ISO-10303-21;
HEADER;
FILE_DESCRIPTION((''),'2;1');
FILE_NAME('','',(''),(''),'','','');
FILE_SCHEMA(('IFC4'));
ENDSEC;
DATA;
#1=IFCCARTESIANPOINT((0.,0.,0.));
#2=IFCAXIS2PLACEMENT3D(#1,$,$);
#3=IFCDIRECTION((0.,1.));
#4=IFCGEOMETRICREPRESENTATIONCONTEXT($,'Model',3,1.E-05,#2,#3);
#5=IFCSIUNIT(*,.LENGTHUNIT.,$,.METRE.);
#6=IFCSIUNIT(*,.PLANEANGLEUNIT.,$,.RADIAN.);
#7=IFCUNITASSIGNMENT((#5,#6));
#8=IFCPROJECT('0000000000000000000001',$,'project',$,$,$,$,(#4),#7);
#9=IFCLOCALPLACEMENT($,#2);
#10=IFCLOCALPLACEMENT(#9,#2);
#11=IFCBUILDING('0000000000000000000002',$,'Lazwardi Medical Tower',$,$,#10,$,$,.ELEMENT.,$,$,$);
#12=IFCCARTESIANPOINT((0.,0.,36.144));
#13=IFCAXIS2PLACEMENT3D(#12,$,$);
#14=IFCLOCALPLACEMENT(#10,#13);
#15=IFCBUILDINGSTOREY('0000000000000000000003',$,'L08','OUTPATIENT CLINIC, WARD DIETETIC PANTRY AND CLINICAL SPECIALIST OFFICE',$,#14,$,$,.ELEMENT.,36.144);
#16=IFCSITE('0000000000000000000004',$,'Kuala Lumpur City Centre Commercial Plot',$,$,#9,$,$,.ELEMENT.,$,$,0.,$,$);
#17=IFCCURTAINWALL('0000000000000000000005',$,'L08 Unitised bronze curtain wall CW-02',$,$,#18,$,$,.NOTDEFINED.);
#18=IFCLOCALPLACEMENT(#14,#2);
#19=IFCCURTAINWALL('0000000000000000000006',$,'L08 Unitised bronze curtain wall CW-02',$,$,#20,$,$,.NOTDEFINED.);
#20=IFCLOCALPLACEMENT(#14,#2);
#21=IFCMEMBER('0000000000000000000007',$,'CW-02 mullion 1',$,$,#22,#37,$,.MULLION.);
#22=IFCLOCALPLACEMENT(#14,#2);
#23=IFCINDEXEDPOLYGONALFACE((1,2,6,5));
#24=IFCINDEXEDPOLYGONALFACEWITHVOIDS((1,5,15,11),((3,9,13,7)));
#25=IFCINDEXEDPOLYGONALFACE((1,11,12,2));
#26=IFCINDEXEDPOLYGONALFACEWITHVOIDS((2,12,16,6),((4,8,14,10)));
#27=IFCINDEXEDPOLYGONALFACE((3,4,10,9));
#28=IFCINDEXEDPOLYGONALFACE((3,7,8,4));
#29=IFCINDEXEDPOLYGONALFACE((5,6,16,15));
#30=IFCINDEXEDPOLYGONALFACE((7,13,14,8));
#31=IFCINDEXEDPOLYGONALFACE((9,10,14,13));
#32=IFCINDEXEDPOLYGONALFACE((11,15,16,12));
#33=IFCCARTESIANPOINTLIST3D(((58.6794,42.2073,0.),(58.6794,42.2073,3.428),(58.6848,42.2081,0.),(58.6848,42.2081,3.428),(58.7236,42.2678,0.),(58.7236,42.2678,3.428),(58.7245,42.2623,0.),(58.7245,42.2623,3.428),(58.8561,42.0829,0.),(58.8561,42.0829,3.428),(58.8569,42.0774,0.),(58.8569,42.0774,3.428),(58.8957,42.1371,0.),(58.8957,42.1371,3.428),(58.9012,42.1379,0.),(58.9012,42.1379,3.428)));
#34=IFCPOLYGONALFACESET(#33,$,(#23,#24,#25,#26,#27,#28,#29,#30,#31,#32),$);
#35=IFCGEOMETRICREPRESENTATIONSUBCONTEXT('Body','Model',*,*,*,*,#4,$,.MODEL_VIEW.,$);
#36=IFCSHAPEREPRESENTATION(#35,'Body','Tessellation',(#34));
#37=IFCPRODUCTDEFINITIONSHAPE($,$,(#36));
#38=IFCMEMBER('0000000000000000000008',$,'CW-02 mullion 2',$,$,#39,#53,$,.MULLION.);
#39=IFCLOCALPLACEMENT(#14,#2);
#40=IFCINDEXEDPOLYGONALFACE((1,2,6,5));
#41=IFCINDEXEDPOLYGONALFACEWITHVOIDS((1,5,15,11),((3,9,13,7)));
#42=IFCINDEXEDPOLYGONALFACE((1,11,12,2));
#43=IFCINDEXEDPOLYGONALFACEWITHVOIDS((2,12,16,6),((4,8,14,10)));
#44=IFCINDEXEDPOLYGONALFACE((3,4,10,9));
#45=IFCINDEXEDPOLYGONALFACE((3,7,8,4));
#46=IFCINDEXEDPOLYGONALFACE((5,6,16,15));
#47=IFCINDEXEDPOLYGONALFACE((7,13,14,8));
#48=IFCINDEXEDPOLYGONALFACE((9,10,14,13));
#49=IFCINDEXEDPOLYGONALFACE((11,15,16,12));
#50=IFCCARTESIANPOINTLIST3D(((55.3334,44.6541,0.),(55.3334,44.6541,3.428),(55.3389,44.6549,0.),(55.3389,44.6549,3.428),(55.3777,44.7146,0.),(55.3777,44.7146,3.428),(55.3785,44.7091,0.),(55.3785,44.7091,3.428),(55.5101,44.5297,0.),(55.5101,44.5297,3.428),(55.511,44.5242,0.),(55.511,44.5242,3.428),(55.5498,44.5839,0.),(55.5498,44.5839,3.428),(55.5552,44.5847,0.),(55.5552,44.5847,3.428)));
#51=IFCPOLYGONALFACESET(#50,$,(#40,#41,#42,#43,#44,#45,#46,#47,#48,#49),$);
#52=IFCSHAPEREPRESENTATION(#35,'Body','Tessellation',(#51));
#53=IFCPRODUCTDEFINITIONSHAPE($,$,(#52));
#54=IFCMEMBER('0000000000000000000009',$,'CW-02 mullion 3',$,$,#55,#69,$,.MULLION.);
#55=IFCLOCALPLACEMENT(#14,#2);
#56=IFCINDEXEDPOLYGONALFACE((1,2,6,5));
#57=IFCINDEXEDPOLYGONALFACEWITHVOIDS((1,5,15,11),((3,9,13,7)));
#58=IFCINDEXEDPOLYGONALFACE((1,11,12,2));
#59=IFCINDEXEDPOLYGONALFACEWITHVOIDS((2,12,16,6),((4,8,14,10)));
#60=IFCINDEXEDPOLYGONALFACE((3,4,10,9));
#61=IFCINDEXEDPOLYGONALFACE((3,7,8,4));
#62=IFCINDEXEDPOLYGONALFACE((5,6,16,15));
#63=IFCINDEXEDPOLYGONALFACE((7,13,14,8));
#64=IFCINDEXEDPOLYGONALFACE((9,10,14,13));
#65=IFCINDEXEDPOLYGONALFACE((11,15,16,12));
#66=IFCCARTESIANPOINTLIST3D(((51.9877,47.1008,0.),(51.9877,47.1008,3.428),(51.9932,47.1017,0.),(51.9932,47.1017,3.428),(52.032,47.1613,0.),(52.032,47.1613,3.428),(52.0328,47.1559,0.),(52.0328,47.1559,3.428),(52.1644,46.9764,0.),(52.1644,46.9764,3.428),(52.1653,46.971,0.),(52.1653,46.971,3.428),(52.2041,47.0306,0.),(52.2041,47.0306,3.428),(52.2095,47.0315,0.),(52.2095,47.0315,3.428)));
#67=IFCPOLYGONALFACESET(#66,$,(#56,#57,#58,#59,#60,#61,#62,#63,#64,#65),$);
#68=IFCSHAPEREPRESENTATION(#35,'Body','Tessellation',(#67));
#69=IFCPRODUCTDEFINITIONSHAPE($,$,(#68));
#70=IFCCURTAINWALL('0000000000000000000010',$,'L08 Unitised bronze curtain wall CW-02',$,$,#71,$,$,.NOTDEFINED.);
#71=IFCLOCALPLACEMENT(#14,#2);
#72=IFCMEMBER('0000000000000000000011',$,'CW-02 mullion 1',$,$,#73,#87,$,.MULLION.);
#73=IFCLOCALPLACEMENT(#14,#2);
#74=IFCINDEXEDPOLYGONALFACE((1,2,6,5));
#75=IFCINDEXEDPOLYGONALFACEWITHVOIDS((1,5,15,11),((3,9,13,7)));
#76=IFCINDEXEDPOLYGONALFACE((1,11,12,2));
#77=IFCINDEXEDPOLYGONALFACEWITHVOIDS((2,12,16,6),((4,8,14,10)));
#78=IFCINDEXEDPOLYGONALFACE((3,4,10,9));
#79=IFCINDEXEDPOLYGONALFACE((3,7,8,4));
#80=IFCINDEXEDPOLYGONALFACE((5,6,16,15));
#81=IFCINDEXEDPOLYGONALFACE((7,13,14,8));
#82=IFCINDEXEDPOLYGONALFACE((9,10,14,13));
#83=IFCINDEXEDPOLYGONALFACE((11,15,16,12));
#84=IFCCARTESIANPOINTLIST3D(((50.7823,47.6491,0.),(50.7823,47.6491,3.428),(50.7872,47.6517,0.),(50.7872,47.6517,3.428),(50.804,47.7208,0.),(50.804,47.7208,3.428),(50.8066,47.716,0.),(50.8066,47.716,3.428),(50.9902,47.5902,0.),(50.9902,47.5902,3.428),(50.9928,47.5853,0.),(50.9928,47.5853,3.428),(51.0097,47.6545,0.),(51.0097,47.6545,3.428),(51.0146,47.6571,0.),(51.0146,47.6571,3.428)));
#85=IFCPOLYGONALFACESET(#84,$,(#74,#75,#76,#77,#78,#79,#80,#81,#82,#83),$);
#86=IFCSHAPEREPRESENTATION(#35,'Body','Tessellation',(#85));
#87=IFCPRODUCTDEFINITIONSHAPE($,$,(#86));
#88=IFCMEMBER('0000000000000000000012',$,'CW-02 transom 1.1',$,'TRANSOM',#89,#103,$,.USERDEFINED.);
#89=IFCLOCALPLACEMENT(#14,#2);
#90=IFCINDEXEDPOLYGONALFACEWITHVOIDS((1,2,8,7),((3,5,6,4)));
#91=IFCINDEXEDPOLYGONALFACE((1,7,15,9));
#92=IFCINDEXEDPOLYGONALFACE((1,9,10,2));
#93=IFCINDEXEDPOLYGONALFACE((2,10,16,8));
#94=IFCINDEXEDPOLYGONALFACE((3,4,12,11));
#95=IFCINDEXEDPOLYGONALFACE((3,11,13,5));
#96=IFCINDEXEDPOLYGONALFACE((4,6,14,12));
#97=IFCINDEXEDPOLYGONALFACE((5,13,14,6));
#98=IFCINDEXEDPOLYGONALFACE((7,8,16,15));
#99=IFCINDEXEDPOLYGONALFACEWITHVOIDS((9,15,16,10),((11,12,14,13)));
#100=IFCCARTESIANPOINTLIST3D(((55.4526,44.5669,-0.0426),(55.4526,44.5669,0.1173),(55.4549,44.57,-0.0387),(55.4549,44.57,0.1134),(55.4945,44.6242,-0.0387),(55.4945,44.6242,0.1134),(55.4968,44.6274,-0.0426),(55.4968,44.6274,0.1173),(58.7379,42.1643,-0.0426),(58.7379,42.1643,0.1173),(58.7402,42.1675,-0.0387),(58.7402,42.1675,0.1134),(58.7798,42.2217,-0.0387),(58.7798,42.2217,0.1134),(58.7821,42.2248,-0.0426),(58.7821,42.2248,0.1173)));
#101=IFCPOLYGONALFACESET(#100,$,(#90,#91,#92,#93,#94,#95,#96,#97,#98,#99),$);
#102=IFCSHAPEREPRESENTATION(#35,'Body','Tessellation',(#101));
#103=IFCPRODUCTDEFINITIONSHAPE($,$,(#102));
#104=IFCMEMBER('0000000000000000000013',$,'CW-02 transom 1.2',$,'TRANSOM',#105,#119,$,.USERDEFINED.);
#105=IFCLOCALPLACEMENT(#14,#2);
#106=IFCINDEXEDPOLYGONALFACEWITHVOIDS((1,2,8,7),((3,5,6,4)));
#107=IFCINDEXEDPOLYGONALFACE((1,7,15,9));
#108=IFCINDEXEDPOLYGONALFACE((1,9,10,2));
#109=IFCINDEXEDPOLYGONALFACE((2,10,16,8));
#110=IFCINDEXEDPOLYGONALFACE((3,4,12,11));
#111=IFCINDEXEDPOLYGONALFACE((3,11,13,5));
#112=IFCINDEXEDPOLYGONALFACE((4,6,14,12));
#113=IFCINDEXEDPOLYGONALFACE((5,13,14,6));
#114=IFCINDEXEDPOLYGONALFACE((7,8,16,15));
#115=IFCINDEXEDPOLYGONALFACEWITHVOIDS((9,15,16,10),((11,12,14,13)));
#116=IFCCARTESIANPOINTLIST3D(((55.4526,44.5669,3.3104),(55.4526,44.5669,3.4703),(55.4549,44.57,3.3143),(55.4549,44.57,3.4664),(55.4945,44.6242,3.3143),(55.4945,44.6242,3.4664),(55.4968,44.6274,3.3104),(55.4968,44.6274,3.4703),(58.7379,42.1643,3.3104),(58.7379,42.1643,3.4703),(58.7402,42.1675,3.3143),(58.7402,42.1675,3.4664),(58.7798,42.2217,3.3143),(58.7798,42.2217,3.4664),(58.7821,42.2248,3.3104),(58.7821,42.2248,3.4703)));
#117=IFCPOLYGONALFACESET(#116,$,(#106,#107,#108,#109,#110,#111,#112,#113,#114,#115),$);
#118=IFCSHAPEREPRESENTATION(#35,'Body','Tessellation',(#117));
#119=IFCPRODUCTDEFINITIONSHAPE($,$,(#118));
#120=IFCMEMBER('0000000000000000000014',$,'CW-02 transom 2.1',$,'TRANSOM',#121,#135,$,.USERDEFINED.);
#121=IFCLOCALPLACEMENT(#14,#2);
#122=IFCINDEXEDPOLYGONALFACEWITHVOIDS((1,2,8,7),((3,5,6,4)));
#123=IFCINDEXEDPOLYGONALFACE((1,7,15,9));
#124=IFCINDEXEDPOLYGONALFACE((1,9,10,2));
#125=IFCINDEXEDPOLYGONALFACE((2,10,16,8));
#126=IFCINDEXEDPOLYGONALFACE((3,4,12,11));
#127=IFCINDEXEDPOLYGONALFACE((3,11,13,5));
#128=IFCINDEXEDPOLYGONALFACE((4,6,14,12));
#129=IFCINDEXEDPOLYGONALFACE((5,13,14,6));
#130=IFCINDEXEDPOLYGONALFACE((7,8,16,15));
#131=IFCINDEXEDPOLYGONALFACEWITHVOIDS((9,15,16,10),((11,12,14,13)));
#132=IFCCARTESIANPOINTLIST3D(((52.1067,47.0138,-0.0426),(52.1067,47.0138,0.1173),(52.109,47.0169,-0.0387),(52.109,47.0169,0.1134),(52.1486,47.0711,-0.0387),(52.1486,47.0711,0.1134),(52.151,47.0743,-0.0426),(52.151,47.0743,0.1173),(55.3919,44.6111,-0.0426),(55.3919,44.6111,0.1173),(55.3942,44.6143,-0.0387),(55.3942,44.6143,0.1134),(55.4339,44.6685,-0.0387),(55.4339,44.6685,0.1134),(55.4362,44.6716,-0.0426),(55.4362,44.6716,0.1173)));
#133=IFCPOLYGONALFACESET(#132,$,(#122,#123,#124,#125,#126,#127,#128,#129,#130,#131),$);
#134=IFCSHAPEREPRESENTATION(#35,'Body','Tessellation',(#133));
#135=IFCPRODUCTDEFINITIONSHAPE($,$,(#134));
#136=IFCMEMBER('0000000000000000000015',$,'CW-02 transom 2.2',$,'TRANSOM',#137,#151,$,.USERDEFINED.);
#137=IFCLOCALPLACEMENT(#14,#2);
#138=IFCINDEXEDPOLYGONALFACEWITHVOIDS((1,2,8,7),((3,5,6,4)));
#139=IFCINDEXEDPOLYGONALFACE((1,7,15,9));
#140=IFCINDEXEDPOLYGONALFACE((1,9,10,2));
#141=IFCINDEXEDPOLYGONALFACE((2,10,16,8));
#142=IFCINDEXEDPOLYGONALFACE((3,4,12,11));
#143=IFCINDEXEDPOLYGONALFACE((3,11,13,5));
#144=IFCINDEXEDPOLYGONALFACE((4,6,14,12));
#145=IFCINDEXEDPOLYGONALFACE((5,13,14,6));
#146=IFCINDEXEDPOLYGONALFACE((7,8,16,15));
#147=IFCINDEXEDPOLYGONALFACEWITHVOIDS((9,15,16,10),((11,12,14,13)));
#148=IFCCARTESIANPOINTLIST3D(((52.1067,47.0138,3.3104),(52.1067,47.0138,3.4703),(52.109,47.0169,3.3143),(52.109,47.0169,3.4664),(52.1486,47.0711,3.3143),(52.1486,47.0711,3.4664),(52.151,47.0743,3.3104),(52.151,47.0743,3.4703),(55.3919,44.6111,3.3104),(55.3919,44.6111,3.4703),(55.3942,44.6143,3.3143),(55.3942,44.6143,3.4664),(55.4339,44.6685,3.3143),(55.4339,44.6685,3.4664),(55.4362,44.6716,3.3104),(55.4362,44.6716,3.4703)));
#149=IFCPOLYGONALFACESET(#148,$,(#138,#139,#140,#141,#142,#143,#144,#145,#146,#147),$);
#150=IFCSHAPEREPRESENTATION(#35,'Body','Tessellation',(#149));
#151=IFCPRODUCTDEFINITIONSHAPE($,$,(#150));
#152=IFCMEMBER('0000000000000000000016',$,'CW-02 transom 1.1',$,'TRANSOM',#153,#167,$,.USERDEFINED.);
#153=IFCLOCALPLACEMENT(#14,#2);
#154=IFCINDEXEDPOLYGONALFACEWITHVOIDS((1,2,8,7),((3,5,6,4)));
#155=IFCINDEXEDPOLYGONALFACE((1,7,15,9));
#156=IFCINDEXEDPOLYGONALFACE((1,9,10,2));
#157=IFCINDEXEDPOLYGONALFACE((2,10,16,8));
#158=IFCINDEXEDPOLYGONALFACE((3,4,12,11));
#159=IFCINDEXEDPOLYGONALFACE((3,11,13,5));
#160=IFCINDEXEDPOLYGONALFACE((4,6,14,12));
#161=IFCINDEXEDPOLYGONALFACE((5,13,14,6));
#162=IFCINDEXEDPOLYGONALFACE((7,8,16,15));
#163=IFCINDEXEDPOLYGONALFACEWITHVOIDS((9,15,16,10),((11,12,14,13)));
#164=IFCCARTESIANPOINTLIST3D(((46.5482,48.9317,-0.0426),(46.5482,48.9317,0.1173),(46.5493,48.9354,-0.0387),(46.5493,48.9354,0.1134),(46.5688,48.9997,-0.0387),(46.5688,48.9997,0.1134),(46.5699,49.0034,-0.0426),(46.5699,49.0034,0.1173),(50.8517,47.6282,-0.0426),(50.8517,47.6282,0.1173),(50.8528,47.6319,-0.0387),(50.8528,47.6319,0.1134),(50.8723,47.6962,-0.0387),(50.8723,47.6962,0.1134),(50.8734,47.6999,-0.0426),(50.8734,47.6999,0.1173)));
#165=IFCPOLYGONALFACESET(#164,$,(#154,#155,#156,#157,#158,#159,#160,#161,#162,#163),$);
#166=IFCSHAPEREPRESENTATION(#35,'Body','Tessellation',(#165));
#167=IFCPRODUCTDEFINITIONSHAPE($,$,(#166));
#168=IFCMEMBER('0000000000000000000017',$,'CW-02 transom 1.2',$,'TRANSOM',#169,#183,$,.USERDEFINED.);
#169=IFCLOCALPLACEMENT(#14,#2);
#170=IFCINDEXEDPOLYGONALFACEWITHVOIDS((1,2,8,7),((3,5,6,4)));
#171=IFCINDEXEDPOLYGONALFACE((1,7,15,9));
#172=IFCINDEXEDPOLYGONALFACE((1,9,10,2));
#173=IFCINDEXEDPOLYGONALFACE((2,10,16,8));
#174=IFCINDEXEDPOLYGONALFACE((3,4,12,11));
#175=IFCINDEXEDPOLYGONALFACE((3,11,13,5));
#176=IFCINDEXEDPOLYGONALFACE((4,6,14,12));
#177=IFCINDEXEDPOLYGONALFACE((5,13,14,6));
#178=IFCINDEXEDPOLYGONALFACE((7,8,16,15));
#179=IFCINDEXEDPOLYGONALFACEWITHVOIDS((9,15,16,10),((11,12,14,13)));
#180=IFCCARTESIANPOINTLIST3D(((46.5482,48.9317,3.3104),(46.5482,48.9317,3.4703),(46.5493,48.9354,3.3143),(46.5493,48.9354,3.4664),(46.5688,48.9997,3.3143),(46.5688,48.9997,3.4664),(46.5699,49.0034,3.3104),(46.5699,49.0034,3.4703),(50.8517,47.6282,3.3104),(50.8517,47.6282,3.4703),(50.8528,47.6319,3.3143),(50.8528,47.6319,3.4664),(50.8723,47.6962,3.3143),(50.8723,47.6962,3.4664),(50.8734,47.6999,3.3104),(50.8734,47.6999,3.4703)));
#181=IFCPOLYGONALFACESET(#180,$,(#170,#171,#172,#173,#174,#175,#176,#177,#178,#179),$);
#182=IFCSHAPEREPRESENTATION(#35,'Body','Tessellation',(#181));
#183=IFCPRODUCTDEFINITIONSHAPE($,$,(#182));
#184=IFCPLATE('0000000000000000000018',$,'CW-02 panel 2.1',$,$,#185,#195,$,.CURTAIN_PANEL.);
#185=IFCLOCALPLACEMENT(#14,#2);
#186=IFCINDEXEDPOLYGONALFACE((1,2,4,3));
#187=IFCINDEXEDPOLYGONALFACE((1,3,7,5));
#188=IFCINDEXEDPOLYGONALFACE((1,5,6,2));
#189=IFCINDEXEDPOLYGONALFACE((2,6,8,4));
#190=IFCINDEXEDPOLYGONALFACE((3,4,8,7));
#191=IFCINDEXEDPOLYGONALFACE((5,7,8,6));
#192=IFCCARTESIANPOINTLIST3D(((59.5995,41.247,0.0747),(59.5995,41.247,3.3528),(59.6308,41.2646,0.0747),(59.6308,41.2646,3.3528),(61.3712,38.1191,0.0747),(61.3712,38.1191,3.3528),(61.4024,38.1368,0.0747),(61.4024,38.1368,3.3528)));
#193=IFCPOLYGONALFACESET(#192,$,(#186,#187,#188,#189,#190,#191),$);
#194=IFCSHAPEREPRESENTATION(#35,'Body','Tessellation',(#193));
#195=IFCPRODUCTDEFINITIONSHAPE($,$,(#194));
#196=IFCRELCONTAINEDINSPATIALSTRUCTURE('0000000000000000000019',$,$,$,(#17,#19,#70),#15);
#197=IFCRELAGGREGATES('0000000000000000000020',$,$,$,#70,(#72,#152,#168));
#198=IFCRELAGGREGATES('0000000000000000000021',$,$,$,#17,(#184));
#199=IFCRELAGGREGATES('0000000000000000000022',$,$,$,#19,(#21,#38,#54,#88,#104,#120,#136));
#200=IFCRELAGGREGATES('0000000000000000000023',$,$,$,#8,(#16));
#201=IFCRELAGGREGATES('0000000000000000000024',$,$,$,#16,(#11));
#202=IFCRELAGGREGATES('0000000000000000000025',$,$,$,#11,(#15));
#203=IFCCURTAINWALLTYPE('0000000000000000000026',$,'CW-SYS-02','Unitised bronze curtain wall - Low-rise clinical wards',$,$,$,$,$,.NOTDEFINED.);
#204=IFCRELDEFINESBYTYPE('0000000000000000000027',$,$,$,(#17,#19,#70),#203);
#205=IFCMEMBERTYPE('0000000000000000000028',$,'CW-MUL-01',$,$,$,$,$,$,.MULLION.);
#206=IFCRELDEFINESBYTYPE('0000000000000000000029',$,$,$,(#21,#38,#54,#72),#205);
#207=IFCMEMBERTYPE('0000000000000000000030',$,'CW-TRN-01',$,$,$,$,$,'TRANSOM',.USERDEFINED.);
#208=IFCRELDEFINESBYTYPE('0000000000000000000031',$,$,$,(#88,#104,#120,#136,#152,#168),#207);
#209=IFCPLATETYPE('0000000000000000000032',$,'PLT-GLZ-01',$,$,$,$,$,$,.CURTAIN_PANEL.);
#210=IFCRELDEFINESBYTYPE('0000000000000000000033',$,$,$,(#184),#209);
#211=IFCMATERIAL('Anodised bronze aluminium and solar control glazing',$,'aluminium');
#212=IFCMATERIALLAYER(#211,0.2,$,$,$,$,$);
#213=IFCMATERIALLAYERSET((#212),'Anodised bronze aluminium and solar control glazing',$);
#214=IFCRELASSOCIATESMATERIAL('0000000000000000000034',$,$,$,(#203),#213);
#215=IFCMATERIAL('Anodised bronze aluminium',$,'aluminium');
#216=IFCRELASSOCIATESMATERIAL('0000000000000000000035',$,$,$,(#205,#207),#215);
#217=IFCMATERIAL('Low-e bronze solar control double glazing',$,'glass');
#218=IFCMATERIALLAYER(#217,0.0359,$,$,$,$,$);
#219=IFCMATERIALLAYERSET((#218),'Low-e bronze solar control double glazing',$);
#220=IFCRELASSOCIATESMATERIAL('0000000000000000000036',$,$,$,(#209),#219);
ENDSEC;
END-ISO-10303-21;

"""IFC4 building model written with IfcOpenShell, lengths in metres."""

from ifc_helpers import new_model, si_unit, direction, frame, origin, origin_2d, place, context, subcontext, project, spatial, rectangle, hollow_rectangle, extrude, material, layer, layer_set, material_profile, profile_set, type_object, element, aggregate, save


model = new_model("IFC4")

# Units and contexts
model_context = context("Model", 3, precision=1e-05, world=origin(), true_north=direction((0.0, 1.0)))
body_context = subcontext(model_context, "Body", "Model", "MODEL_VIEW")
ifc_project = project(units=[si_unit("LENGTHUNIT", "METRE"), si_unit("PLANEANGLEUNIT", "RADIAN")], contexts=[model_context])

# Site, building, storey
site_placement = place(None, origin())
site = spatial("IfcSite", under=ifc_project, at=site_placement, Name="Kuala Lumpur City Centre Commercial Plot", CompositionType="ELEMENT", RefElevation=0.0)
building_placement = place(site_placement, origin())
building = spatial("IfcBuilding", under=site, at=building_placement, Name="Lazwardi Medical Tower", CompositionType="ELEMENT")
storey_placement = place(building_placement, frame((0.0, 0.0, 36.144)))
storey = spatial("IfcBuildingStorey", under=building, at=storey_placement, Name="L08", Description="OUTPATIENT CLINIC, WARD DIETETIC PANTRY AND CLINICAL SPECIALIST OFFICE", CompositionType="ELEMENT", Elevation=36.144)

# Curtain wall
ifc_material_1 = material(Name="Anodised bronze aluminium and solar control glazing", Category="aluminium")
ifc_layer_1 = layer(ifc_material_1, 0.2)
ifc_layer_set_1 = layer_set([ifc_layer_1], Name="Anodised bronze aluminium and solar control glazing")
curtain_wall_type = type_object("IfcCurtainWallType", Name="CW-SYS-02", Description="Unitised bronze curtain wall - Low-rise clinical wards", PredefinedType="NOTDEFINED", material=ifc_layer_set_1)
curtain_wall_1_placement = place(storey_placement, origin())
curtain_wall_1 = element("IfcCurtainWall", 1, at=curtain_wall_1_placement, inside=storey, type_object=curtain_wall_type, Name="L08 Unitised bronze curtain wall CW-02", PredefinedType="NOTDEFINED")
ifc_material_2 = material(Name="Anodised bronze aluminium", Category="aluminium")
ifc_material_profile_1 = material_profile(ifc_material_2, hollow_rectangle(XDim=0.075, YDim=0.22, WallThickness=0.0039, at=origin_2d()), Name="ALU-MULLION 220x75x4")
ifc_profile_set_1 = profile_set([ifc_material_profile_1], Name="Anodised bronze aluminium")
member_type_1 = type_object("IfcMemberType", Name="CW-MUL-01", PredefinedType="MULLION", material=ifc_profile_set_1)

# Curtain wall, members
curtain_wall_2_placement = place(storey_placement, origin())
curtain_wall_2 = element("IfcCurtainWall", 2, at=curtain_wall_2_placement, inside=storey, type_object=curtain_wall_type, Name="L08 Unitised bronze curtain wall CW-02", PredefinedType="NOTDEFINED")
member_1_placement = place(storey_placement, frame((58.7903, 42.1726, 0.0), z_axis=(0.0, 0.0, 1.0), x_axis=(-0.590289, -0.807192, 0.0)))
member_1 = element("IfcMember", 3, at=member_1_placement, type_object=member_type_1, Name="CW-02 mullion 1", PredefinedType="MULLION", context=body_context, shape_type="SweptSolid", body=[
    extrude(hollow_rectangle(XDim=0.075, YDim=0.22, WallThickness=0.0039, at=origin_2d()), origin(), (0.0, 0.0, 1.0), 3.428),
])
member_2_placement = place(storey_placement, frame((55.4443, 44.6194, 0.0), z_axis=(0.0, 0.0, 1.0), x_axis=(-0.590289, -0.807192, 0.0)))
member_2 = element("IfcMember", 4, at=member_2_placement, type_object=member_type_1, Name="CW-02 mullion 2", PredefinedType="MULLION", context=body_context, shape_type="SweptSolid", body=[
    extrude(hollow_rectangle(XDim=0.075, YDim=0.22, WallThickness=0.0039, at=origin_2d()), origin(), (0.0, 0.0, 1.0), 3.428),
])
member_3_placement = place(storey_placement, frame((52.0986, 47.0662, 0.0), z_axis=(0.0, 0.0, 1.0), x_axis=(-0.590289, -0.807192, 0.0)))
member_3 = element("IfcMember", 5, at=member_3_placement, type_object=member_type_1, Name="CW-02 mullion 3", PredefinedType="MULLION", context=body_context, shape_type="SweptSolid", body=[
    extrude(hollow_rectangle(XDim=0.075, YDim=0.22, WallThickness=0.0039, at=origin_2d()), origin(), (0.0, 0.0, 1.0), 3.428),
])

# Curtain wall, member
curtain_wall_3_placement = place(storey_placement, origin())
curtain_wall_3 = element("IfcCurtainWall", 6, at=curtain_wall_3_placement, inside=storey, type_object=curtain_wall_type, Name="L08 Unitised bronze curtain wall CW-02", PredefinedType="NOTDEFINED")
member_4_placement = place(storey_placement, frame((50.8984, 47.6531, 0.0), z_axis=(0.0, 0.0, 1.0), x_axis=(-0.289896, -0.957058, 0.0)))
member_4 = element("IfcMember", 7, at=member_4_placement, type_object=member_type_1, Name="CW-02 mullion 1", PredefinedType="MULLION", context=body_context, shape_type="SweptSolid", body=[
    extrude(hollow_rectangle(XDim=0.075, YDim=0.22, WallThickness=0.0039, at=origin_2d()), origin(), (0.0, 0.0, 1.0), 3.428),
])

# Members
ifc_material_profile_2 = material_profile(ifc_material_2, hollow_rectangle(XDim=0.075, YDim=0.1599, WallThickness=0.0039, at=origin_2d()), Name="ALU-TRANSOM 160x75x4")
ifc_profile_set_2 = profile_set([ifc_material_profile_2], Name="Anodised bronze aluminium")
member_type_2 = type_object("IfcMemberType", Name="CW-TRN-01", ElementType="TRANSOM", PredefinedType="USERDEFINED", material=ifc_profile_set_2)
member_5_placement = place(storey_placement, frame((58.76, 42.1946, 0.0374), z_axis=(-0.80719, 0.590292, 0.0), x_axis=(-0.590292, -0.80719, 0.0)))
member_5 = element("IfcMember", 8, at=member_5_placement, type_object=member_type_2, Name="CW-02 transom 1.1", ObjectType="TRANSOM", PredefinedType="USERDEFINED", context=body_context, shape_type="SweptSolid", body=[
    extrude(hollow_rectangle(XDim=0.075, YDim=0.1599, WallThickness=0.0039, at=origin_2d()), origin(), (0.0, 0.0, 1.0), 4.0701),
])
member_6_placement = place(storey_placement, frame((58.76, 42.1946, 3.3904), z_axis=(-0.80719, 0.590292, 0.0), x_axis=(-0.590292, -0.80719, 0.0)))
member_6 = element("IfcMember", 9, at=member_6_placement, type_object=member_type_2, Name="CW-02 transom 1.2", ObjectType="TRANSOM", PredefinedType="USERDEFINED", context=body_context, shape_type="SweptSolid", body=[
    extrude(hollow_rectangle(XDim=0.075, YDim=0.1599, WallThickness=0.0039, at=origin_2d()), origin(), (0.0, 0.0, 1.0), 4.0701),
])
member_7_placement = place(storey_placement, frame((55.4141, 44.6414, 0.0374), z_axis=(-0.807169, 0.59032, 0.0), x_axis=(-0.59032, -0.807169, 0.0)))
member_7 = element("IfcMember", 10, at=member_7_placement, type_object=member_type_2, Name="CW-02 transom 2.1", ObjectType="TRANSOM", PredefinedType="USERDEFINED", context=body_context, shape_type="SweptSolid", body=[
    extrude(hollow_rectangle(XDim=0.075, YDim=0.1599, WallThickness=0.0039, at=origin_2d()), origin(), (0.0, 0.0, 1.0), 4.0701),
])
member_8_placement = place(storey_placement, frame((55.4141, 44.6414, 3.3904), z_axis=(-0.807169, 0.59032, 0.0), x_axis=(-0.59032, -0.807169, 0.0)))
member_8 = element("IfcMember", 11, at=member_8_placement, type_object=member_type_2, Name="CW-02 transom 2.2", ObjectType="TRANSOM", PredefinedType="USERDEFINED", context=body_context, shape_type="SweptSolid", body=[
    extrude(hollow_rectangle(XDim=0.075, YDim=0.1599, WallThickness=0.0039, at=origin_2d()), origin(), (0.0, 0.0, 1.0), 4.0701),
])
member_9_placement = place(storey_placement, frame((50.8625, 47.6641, 0.0374), z_axis=(-0.957062, 0.289882, 0.0), x_axis=(-0.289882, -0.957062, 0.0)))
member_9 = element("IfcMember", 12, at=member_9_placement, type_object=member_type_2, Name="CW-02 transom 1.1", ObjectType="TRANSOM", PredefinedType="USERDEFINED", context=body_context, shape_type="SweptSolid", body=[
    extrude(hollow_rectangle(XDim=0.075, YDim=0.1599, WallThickness=0.0039, at=origin_2d()), origin(), (0.0, 0.0, 1.0), 4.4966),
])
member_10_placement = place(storey_placement, frame((50.8625, 47.6641, 3.3904), z_axis=(-0.957062, 0.289882, 0.0), x_axis=(-0.289882, -0.957062, 0.0)))
member_10 = element("IfcMember", 13, at=member_10_placement, type_object=member_type_2, Name="CW-02 transom 1.2", ObjectType="TRANSOM", PredefinedType="USERDEFINED", context=body_context, shape_type="SweptSolid", body=[
    extrude(hollow_rectangle(XDim=0.075, YDim=0.1599, WallThickness=0.0039, at=origin_2d()), origin(), (0.0, 0.0, 1.0), 4.4966),
])
aggregate(curtain_wall_3, [member_4, member_9, member_10])

# Plate
ifc_material_3 = material(Name="Low-e bronze solar control double glazing", Category="glass")
ifc_layer_2 = layer(ifc_material_3, 0.0359)
ifc_layer_set_2 = layer_set([ifc_layer_2], Name="Low-e bronze solar control double glazing")
plate_type = type_object("IfcPlateType", Name="PLT-GLZ-01", PredefinedType="CURTAIN_PANEL", material=ifc_layer_set_2)
plate_1_placement = place(storey_placement, frame((60.501, 39.6919, 0.0747), z_axis=(0.0, 0.0, 1.0), x_axis=(-0.492854, 0.870112, 0.0)))
plate_1 = element("IfcPlate", 14, at=plate_1_placement, type_object=plate_type, Name="CW-02 panel 2.1", PredefinedType="CURTAIN_PANEL", context=body_context, shape_type="SweptSolid", body=[
    extrude(rectangle(XDim=3.5947, YDim=0.0359, at=origin_2d()), origin(), (0.0, 0.0, 1.0), 3.2781),
])
aggregate(curtain_wall_1, [plate_1])
aggregate(curtain_wall_2, [member_1, member_2, member_3, member_5, member_6, member_7, member_8])

save(model, "model.ifc")
